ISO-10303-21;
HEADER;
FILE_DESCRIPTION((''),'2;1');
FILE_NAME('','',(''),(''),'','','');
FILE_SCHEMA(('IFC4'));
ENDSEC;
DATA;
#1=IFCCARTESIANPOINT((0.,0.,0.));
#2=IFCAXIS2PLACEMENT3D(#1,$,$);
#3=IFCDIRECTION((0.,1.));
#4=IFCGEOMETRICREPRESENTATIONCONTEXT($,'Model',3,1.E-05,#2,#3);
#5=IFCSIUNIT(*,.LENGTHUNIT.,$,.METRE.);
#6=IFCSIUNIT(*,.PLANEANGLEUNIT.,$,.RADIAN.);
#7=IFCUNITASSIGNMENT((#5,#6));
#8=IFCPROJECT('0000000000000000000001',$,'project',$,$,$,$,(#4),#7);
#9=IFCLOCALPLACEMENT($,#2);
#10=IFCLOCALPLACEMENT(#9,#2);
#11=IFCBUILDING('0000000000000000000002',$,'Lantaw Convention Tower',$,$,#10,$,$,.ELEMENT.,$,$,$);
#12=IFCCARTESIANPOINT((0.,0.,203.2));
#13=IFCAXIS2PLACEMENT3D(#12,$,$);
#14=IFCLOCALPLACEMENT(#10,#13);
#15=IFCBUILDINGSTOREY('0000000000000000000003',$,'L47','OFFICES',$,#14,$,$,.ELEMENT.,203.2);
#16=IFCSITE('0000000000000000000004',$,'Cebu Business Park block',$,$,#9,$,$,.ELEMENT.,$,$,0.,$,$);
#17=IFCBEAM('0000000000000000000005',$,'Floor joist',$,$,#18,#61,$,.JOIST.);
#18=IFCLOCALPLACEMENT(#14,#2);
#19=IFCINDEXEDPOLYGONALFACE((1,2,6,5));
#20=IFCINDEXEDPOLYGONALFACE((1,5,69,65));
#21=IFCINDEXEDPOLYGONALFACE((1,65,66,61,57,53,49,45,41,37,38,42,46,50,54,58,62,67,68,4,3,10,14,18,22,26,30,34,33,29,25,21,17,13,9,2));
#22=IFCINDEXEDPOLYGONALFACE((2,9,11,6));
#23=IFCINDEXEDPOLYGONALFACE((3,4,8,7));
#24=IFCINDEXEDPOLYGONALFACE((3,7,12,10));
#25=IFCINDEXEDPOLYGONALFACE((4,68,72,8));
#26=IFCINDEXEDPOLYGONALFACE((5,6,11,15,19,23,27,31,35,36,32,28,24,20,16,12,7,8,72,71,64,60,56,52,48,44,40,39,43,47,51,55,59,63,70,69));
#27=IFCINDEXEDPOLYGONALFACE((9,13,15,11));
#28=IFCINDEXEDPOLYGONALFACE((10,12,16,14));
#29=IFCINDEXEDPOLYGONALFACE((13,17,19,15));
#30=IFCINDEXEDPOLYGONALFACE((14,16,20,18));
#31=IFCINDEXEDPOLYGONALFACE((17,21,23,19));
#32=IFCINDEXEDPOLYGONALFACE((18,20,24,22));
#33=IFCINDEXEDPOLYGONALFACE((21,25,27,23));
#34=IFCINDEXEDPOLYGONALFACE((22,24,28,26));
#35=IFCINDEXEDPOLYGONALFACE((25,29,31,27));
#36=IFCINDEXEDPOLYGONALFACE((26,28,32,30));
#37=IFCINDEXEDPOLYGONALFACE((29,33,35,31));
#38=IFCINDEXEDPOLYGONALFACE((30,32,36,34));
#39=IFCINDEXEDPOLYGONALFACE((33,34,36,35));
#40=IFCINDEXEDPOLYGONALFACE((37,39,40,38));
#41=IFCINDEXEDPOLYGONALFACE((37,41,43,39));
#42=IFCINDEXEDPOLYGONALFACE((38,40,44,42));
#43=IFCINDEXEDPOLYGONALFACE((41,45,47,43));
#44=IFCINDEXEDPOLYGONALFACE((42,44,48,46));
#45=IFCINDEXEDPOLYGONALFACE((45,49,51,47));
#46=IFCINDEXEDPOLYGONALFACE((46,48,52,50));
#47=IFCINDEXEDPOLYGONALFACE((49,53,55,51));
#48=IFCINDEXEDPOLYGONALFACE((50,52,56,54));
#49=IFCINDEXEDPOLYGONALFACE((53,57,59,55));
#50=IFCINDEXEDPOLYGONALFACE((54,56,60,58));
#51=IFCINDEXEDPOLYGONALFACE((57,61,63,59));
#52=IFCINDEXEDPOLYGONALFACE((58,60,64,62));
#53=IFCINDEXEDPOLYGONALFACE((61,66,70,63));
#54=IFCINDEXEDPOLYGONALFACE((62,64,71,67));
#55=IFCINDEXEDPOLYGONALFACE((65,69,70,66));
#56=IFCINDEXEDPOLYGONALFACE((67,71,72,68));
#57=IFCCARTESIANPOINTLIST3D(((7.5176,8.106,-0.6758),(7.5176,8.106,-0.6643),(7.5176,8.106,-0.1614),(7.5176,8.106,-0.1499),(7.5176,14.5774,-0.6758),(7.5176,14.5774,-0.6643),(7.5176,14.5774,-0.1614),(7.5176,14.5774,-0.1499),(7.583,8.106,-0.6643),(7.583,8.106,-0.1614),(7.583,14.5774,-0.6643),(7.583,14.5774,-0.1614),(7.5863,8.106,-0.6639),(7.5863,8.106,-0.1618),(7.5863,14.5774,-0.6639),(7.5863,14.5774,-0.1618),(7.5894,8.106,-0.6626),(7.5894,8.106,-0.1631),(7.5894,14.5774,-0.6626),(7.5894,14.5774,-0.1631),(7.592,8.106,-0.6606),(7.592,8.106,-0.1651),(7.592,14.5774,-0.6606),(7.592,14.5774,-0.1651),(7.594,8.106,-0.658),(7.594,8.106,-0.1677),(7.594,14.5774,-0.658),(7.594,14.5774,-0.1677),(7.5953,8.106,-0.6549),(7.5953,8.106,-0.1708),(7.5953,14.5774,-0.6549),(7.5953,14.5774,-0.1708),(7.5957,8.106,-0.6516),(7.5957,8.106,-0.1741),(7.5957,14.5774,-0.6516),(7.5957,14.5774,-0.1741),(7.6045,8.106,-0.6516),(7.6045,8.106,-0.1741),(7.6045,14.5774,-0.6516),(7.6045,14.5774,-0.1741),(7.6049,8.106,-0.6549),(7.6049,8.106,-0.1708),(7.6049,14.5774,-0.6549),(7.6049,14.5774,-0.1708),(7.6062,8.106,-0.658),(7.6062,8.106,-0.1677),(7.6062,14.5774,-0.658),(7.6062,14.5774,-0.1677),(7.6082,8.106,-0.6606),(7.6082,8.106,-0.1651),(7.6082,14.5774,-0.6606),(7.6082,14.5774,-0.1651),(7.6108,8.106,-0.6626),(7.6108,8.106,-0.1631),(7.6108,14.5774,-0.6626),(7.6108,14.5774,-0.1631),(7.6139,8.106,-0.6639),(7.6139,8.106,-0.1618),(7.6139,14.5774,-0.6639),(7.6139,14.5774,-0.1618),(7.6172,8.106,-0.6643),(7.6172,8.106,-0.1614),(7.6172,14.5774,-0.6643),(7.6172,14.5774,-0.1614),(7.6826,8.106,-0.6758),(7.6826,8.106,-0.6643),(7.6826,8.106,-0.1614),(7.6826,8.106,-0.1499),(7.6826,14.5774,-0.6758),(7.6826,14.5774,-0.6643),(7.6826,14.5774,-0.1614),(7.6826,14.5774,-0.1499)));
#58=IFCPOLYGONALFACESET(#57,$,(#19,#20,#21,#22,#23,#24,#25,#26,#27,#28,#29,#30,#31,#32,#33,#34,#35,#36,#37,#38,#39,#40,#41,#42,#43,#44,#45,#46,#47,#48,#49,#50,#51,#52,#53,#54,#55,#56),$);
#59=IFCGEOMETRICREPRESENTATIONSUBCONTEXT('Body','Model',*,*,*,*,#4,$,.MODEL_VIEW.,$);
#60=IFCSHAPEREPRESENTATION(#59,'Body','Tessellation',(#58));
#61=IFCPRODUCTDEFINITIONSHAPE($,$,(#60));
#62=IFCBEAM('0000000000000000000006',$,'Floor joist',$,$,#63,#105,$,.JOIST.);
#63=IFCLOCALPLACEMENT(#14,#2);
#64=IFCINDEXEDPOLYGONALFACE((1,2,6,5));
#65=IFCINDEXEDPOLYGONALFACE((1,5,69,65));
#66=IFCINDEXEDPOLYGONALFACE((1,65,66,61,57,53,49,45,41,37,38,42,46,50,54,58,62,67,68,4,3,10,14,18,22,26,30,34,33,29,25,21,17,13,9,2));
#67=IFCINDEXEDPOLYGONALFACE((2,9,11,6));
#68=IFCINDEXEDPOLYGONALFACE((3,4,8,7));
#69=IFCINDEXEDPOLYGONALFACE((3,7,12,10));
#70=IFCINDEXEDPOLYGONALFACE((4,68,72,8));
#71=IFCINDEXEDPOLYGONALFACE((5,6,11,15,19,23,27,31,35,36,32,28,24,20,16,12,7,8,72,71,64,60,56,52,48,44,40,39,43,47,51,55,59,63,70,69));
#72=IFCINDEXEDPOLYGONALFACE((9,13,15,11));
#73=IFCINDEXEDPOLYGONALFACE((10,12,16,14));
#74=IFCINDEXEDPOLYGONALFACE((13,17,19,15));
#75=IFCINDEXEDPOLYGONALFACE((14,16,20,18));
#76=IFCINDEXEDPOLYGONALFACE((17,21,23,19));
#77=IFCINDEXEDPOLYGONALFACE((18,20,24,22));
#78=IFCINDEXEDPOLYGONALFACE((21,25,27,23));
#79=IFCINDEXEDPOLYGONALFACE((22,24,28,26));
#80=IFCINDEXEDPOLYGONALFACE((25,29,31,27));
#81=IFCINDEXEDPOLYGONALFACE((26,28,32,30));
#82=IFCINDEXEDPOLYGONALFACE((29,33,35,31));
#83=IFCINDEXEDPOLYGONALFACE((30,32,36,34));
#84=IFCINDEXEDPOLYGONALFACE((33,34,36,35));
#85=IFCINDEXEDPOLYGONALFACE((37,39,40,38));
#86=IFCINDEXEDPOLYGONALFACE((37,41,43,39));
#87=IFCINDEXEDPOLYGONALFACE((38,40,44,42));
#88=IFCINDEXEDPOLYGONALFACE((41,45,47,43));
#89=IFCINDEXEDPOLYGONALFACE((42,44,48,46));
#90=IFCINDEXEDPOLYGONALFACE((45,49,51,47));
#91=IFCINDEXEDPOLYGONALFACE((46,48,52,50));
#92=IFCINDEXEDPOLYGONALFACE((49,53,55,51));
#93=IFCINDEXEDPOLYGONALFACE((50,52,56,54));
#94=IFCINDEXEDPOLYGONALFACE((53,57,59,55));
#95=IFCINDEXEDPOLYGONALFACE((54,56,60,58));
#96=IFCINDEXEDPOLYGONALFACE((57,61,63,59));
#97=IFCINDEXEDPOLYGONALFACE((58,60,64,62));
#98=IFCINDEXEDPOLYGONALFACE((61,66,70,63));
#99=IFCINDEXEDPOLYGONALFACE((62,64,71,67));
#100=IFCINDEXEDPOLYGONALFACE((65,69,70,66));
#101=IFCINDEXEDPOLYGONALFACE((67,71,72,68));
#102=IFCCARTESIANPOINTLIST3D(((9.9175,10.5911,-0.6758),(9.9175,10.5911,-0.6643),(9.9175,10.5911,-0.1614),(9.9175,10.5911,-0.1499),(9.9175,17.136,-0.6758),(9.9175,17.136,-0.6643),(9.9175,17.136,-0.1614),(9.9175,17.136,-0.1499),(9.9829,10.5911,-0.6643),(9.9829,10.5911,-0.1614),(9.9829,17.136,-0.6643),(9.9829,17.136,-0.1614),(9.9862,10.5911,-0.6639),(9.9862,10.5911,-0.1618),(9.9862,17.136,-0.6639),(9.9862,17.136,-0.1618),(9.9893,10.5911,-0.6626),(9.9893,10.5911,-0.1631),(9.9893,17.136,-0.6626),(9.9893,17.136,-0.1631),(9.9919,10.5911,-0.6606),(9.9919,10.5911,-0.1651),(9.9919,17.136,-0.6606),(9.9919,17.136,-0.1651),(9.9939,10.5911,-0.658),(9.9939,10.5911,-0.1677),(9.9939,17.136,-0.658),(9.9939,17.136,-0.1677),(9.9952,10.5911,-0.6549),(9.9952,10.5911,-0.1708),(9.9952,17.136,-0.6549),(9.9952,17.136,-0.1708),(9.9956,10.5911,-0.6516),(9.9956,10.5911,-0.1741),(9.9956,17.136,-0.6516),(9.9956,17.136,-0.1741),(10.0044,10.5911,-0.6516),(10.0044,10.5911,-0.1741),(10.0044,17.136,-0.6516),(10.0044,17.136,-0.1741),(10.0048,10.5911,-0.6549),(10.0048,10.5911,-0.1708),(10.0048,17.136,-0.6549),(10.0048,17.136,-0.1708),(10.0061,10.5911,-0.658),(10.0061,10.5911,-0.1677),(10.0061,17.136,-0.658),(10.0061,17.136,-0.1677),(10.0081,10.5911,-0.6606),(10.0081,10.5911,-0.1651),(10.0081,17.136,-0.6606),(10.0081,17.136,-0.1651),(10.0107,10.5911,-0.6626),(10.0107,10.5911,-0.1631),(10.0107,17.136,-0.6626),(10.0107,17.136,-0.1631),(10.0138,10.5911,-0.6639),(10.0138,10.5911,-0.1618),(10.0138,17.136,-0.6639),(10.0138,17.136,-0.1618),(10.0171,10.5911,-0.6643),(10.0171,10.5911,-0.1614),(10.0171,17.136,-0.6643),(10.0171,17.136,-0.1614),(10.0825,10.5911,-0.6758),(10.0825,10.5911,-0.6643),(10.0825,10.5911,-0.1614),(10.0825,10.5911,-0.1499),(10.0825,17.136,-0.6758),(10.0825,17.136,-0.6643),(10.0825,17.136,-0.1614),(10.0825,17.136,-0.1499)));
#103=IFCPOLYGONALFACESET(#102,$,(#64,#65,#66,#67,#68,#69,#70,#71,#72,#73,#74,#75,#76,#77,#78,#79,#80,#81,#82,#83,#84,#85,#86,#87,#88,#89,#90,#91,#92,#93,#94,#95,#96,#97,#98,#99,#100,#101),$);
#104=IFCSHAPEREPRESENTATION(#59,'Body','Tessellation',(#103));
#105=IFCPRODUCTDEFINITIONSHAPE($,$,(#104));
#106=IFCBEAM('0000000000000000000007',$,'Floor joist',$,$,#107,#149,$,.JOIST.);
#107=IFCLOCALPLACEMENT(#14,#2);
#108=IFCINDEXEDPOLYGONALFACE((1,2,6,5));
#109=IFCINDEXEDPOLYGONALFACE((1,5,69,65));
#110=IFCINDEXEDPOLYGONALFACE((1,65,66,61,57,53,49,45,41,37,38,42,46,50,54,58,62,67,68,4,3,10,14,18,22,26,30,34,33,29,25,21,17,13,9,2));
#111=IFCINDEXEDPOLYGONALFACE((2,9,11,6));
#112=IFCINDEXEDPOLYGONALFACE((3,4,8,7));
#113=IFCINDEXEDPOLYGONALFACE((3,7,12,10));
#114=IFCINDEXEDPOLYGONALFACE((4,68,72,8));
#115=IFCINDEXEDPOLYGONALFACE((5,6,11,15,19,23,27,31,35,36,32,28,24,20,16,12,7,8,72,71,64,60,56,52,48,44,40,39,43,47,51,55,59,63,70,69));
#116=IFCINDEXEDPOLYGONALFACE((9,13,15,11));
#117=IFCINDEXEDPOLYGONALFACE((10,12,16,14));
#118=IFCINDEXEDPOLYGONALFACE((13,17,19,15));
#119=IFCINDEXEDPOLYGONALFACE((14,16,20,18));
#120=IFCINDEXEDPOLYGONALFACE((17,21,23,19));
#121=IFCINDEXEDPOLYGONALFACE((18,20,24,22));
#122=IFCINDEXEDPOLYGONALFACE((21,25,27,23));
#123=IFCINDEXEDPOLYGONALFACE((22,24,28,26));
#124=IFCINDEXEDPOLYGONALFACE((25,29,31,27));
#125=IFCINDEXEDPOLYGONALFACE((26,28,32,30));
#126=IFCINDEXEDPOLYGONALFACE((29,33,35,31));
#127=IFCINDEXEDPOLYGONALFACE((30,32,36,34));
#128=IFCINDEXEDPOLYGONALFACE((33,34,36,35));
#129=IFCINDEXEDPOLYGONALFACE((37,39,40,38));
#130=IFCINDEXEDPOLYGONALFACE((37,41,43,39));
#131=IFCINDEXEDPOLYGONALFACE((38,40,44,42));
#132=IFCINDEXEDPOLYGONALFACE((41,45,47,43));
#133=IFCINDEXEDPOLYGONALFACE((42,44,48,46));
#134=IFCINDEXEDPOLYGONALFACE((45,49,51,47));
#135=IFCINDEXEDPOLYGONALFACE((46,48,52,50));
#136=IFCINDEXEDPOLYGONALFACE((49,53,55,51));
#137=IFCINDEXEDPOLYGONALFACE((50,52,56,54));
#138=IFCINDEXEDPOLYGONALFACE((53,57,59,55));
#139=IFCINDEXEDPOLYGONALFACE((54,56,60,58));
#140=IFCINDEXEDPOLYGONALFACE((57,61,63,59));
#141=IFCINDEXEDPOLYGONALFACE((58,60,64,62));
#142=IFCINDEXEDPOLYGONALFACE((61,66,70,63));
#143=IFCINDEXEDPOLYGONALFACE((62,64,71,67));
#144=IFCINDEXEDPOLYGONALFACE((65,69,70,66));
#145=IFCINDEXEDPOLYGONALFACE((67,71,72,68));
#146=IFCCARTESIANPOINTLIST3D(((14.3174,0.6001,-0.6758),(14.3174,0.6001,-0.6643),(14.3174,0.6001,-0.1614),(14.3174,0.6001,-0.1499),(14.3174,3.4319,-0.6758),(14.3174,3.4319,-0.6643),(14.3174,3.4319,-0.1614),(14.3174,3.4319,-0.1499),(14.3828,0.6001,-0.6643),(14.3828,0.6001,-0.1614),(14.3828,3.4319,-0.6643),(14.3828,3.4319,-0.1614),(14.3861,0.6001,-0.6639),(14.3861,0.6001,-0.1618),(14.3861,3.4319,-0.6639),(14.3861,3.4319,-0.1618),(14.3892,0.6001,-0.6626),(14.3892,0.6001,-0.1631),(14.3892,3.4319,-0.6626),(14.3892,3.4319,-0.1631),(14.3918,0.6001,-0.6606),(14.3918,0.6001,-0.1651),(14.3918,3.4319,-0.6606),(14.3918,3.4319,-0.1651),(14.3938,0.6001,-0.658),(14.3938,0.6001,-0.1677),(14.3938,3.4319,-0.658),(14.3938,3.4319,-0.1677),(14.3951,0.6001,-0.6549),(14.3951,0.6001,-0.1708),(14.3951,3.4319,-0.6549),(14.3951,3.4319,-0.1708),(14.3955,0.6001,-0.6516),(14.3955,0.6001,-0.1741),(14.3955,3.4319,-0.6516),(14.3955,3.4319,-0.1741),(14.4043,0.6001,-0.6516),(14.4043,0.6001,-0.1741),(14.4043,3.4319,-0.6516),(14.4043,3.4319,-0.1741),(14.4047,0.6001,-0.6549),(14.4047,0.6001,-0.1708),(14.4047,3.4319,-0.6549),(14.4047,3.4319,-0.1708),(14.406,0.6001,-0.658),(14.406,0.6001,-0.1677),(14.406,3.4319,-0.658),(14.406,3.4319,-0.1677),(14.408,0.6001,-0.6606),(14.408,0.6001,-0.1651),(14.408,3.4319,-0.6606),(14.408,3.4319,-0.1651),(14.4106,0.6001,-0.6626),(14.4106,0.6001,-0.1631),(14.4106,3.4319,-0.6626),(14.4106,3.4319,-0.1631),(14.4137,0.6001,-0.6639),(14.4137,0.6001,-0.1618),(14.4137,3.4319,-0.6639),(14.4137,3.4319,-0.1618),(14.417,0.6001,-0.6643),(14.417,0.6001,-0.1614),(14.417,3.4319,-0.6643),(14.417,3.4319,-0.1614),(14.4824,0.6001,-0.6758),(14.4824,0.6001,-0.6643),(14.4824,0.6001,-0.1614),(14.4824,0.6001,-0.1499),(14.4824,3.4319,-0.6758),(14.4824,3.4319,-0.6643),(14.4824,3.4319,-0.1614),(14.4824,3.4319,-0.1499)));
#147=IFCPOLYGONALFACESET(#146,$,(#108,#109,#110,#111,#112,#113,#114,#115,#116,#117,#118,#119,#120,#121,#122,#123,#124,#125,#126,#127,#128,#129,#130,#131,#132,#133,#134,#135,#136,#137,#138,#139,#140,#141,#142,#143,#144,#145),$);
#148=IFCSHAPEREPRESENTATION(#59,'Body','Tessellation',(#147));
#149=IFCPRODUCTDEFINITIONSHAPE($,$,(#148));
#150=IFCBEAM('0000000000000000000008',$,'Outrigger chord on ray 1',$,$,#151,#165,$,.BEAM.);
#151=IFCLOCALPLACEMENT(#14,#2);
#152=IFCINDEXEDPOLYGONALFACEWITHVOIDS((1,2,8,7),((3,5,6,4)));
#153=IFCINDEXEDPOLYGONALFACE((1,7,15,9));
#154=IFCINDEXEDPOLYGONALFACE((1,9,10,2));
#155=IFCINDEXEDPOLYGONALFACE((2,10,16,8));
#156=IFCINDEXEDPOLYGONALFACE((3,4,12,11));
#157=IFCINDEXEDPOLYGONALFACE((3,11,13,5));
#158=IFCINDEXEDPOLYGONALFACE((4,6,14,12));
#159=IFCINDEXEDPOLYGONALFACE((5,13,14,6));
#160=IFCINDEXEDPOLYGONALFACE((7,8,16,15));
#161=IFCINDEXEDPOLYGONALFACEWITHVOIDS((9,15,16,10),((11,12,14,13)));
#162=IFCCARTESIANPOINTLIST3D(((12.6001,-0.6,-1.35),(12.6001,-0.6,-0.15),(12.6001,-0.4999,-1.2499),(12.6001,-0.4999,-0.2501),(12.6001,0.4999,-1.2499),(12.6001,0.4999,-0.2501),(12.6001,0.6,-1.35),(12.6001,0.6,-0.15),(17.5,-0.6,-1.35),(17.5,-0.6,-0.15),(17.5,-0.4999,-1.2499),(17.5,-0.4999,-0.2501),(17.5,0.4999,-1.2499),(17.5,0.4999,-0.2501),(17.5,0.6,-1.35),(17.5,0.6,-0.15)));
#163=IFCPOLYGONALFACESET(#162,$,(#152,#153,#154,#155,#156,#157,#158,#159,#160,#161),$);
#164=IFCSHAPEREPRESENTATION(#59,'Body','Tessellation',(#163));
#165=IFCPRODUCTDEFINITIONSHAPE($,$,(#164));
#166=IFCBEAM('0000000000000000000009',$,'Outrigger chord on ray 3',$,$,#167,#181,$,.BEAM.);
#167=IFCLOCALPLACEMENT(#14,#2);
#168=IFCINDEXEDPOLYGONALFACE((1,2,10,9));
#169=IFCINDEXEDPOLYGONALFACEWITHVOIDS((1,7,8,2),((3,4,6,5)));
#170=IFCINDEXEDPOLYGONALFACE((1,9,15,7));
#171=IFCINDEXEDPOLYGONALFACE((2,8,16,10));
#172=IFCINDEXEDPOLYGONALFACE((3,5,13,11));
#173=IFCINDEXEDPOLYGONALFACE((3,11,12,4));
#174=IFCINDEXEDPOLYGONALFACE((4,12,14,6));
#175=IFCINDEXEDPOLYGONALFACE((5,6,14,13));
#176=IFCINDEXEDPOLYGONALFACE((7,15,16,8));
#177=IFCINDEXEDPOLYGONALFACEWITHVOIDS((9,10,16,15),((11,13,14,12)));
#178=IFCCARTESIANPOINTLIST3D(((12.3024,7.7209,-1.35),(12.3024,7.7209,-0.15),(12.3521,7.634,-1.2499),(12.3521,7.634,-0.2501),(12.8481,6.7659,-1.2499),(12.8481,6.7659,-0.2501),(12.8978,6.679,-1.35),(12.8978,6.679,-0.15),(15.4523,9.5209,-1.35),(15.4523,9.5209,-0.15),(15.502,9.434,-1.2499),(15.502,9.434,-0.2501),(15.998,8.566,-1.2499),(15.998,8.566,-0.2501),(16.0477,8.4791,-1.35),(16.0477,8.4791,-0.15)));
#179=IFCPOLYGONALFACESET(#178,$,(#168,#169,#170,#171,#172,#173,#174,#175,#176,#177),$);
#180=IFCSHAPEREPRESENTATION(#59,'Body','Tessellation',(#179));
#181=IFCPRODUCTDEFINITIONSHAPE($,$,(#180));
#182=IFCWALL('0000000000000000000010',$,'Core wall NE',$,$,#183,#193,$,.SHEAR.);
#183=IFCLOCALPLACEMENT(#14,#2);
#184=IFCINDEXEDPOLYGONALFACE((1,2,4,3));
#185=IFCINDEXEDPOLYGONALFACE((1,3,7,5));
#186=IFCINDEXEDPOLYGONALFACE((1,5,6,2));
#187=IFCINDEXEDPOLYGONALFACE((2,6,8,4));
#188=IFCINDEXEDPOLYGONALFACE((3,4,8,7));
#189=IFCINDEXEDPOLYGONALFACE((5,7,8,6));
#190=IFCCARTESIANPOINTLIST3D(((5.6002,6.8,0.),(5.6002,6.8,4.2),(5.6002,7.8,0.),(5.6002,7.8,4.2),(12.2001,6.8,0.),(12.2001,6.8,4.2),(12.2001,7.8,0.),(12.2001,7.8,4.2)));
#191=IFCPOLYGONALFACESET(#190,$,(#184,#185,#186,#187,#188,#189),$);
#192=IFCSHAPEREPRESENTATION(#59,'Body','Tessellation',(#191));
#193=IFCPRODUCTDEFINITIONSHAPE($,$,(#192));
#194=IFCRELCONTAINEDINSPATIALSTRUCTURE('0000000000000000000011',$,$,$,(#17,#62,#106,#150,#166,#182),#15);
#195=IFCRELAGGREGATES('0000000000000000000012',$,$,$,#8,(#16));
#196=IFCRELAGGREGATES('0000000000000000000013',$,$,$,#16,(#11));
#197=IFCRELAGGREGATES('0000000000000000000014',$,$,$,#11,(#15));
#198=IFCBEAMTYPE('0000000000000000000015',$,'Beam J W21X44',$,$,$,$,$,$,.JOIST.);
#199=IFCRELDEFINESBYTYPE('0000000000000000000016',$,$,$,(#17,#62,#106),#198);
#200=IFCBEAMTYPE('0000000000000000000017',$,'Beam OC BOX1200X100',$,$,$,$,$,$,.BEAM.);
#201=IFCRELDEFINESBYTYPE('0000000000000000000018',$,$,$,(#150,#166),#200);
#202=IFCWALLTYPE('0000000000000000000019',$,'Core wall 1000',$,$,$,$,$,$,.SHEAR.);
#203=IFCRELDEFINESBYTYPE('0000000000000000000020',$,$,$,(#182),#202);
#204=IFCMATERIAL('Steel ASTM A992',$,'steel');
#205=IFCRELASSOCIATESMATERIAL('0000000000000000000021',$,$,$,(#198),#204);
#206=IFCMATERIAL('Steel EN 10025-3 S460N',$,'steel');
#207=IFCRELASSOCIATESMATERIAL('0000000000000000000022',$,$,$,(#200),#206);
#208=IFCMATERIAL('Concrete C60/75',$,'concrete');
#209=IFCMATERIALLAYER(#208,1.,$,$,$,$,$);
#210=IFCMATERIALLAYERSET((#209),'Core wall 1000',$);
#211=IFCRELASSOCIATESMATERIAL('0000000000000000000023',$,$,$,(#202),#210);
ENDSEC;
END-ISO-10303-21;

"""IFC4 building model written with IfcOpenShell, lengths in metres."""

from ifc_helpers import new_model, si_unit, direction, frame, frame_2d, origin, origin_2d, place, context, subcontext, project, spatial, rectangle, hollow_rectangle, i_section, extrude, material, layer, layer_set, material_profile, profile_set, type_object, element, save


model = new_model("IFC4")

# Units and contexts
model_context = context("Model", 3, precision=1e-05, world=origin(), true_north=direction((0.0, 1.0)))
body_context = subcontext(model_context, "Body", "Model", "MODEL_VIEW")
ifc_project = project(units=[si_unit("LENGTHUNIT", "METRE"), si_unit("PLANEANGLEUNIT", "RADIAN")], contexts=[model_context])

# Site, building, storey
site_placement = place(None, origin())
site = spatial("IfcSite", under=ifc_project, at=site_placement, Name="Cebu Business Park block", CompositionType="ELEMENT", RefElevation=0.0)
building_placement = place(site_placement, origin())
building = spatial("IfcBuilding", under=site, at=building_placement, Name="Lantaw Convention Tower", CompositionType="ELEMENT")
storey_placement = place(building_placement, frame((0.0, 0.0, 203.2)))
storey = spatial("IfcBuildingStorey", under=building, at=storey_placement, Name="L47", Description="OFFICES", CompositionType="ELEMENT", Elevation=203.2)

# Beams
ifc_material_1 = material(Name="Steel ASTM A992", Category="steel")
ifc_material_profile_1 = material_profile(ifc_material_1, i_section(OverallWidth=0.165, OverallDepth=0.5259, WebThickness=0.0088, FlangeThickness=0.0115, FilletRadius=0.0127, at=origin_2d()), Name="W21X44")
ifc_profile_set_1 = profile_set([ifc_material_profile_1], Name="Steel ASTM A992")
beam_type_1 = type_object("IfcBeamType", Name="Beam J W21X44", PredefinedType="JOIST", material=ifc_profile_set_1)
beam_1_placement = place(storey_placement, frame((7.6001, 8.106, -0.4128), z_axis=(0.0, 1.0, 0.0), x_axis=(-1.0, 0.0, 0.0)))
element("IfcBeam", 1, at=beam_1_placement, inside=storey, type_object=beam_type_1, Name="Floor joist", PredefinedType="JOIST", context=body_context, shape_type="SweptSolid", body=[
    extrude(i_section(OverallWidth=0.165, OverallDepth=0.5259, WebThickness=0.0088, FlangeThickness=0.0115, FilletRadius=0.0127, at=origin_2d()), origin(), (0.0, 0.0, 1.0), 6.4714),
])
beam_2_placement = place(storey_placement, frame((10.0, 10.5911, -0.4128), z_axis=(0.0, 1.0, 0.0), x_axis=(-1.0, 0.0, 0.0)))
element("IfcBeam", 2, at=beam_2_placement, inside=storey, type_object=beam_type_1, Name="Floor joist", PredefinedType="JOIST", context=body_context, shape_type="SweptSolid", body=[
    extrude(i_section(OverallWidth=0.165, OverallDepth=0.5259, WebThickness=0.0088, FlangeThickness=0.0115, FilletRadius=0.0127, at=origin_2d()), origin(), (0.0, 0.0, 1.0), 6.5449),
])
beam_3_placement = place(storey_placement, frame((14.3999, 0.6001, -0.4128), z_axis=(0.0, 1.0, 0.0), x_axis=(-1.0, 0.0, 0.0)))
element("IfcBeam", 3, at=beam_3_placement, inside=storey, type_object=beam_type_1, Name="Floor joist", PredefinedType="JOIST", context=body_context, shape_type="SweptSolid", body=[
    extrude(i_section(OverallWidth=0.165, OverallDepth=0.5259, WebThickness=0.0088, FlangeThickness=0.0115, FilletRadius=0.0127, at=origin_2d()), origin(), (0.0, 0.0, 1.0), 2.8318),
])
ifc_material_2 = material(Name="Steel EN 10025-3 S460N", Category="steel")
ifc_material_profile_2 = material_profile(ifc_material_2, hollow_rectangle(XDim=1.2, YDim=1.2, WallThickness=0.1001, at=origin_2d()), Name="BOX1200X100")
ifc_profile_set_2 = profile_set([ifc_material_profile_2], Name="Steel EN 10025-3 S460N")
beam_type_2 = type_object("IfcBeamType", Name="Beam OC BOX1200X100", PredefinedType="BEAM", material=ifc_profile_set_2)
beam_4_placement = place(storey_placement, frame((12.6001, 0.0, -0.75), z_axis=(1.0, 0.0, 0.0), x_axis=(0.0, 1.0, 0.0)))
element("IfcBeam", 4, at=beam_4_placement, inside=storey, type_object=beam_type_2, Name="Outrigger chord on ray 1", PredefinedType="BEAM", context=body_context, shape_type="SweptSolid", body=[
    extrude(hollow_rectangle(XDim=1.2, YDim=1.2, WallThickness=0.1001, at=origin_2d()), origin(), (0.0, 0.0, 1.0), 4.8999),
])
beam_5_placement = place(storey_placement, frame((12.6001, 7.2, -0.75), z_axis=(0.868231, 0.496161, 0.0), x_axis=(-0.496161, 0.868231, 0.0)))
element("IfcBeam", 5, at=beam_5_placement, inside=storey, type_object=beam_type_2, Name="Outrigger chord on ray 3", PredefinedType="BEAM", context=body_context, shape_type="SweptSolid", body=[
    extrude(hollow_rectangle(XDim=1.2, YDim=1.2, WallThickness=0.1001, at=origin_2d()), origin(), (0.0, 0.0, 1.0), 3.6279),
])

# Wall
ifc_material_3 = material(Name="Concrete C60/75", Category="concrete")
ifc_layer_1 = layer(ifc_material_3, 1.0)
ifc_layer_set_1 = layer_set([ifc_layer_1], Name="Core wall 1000")
wall_type_1 = type_object("IfcWallType", Name="Core wall 1000", PredefinedType="SHEAR", material=ifc_layer_set_1)
wall_1_placement = place(storey_placement, frame((12.2, 7.3, 0.0), z_axis=(0.0, 0.0, 1.0), x_axis=(-1.0, 0.0, 0.0)))
element("IfcWall", 6, at=wall_1_placement, inside=storey, type_object=wall_type_1, Name="Core wall NE", PredefinedType="SHEAR", context=body_context, shape_type="SweptSolid", body=[
    extrude(rectangle(XDim=6.5999, YDim=1.0, at=frame_2d((3.2998, 0.0))), origin(), (0.0, 0.0, 1.0), 4.2),
])

save(model, "model.ifc")
